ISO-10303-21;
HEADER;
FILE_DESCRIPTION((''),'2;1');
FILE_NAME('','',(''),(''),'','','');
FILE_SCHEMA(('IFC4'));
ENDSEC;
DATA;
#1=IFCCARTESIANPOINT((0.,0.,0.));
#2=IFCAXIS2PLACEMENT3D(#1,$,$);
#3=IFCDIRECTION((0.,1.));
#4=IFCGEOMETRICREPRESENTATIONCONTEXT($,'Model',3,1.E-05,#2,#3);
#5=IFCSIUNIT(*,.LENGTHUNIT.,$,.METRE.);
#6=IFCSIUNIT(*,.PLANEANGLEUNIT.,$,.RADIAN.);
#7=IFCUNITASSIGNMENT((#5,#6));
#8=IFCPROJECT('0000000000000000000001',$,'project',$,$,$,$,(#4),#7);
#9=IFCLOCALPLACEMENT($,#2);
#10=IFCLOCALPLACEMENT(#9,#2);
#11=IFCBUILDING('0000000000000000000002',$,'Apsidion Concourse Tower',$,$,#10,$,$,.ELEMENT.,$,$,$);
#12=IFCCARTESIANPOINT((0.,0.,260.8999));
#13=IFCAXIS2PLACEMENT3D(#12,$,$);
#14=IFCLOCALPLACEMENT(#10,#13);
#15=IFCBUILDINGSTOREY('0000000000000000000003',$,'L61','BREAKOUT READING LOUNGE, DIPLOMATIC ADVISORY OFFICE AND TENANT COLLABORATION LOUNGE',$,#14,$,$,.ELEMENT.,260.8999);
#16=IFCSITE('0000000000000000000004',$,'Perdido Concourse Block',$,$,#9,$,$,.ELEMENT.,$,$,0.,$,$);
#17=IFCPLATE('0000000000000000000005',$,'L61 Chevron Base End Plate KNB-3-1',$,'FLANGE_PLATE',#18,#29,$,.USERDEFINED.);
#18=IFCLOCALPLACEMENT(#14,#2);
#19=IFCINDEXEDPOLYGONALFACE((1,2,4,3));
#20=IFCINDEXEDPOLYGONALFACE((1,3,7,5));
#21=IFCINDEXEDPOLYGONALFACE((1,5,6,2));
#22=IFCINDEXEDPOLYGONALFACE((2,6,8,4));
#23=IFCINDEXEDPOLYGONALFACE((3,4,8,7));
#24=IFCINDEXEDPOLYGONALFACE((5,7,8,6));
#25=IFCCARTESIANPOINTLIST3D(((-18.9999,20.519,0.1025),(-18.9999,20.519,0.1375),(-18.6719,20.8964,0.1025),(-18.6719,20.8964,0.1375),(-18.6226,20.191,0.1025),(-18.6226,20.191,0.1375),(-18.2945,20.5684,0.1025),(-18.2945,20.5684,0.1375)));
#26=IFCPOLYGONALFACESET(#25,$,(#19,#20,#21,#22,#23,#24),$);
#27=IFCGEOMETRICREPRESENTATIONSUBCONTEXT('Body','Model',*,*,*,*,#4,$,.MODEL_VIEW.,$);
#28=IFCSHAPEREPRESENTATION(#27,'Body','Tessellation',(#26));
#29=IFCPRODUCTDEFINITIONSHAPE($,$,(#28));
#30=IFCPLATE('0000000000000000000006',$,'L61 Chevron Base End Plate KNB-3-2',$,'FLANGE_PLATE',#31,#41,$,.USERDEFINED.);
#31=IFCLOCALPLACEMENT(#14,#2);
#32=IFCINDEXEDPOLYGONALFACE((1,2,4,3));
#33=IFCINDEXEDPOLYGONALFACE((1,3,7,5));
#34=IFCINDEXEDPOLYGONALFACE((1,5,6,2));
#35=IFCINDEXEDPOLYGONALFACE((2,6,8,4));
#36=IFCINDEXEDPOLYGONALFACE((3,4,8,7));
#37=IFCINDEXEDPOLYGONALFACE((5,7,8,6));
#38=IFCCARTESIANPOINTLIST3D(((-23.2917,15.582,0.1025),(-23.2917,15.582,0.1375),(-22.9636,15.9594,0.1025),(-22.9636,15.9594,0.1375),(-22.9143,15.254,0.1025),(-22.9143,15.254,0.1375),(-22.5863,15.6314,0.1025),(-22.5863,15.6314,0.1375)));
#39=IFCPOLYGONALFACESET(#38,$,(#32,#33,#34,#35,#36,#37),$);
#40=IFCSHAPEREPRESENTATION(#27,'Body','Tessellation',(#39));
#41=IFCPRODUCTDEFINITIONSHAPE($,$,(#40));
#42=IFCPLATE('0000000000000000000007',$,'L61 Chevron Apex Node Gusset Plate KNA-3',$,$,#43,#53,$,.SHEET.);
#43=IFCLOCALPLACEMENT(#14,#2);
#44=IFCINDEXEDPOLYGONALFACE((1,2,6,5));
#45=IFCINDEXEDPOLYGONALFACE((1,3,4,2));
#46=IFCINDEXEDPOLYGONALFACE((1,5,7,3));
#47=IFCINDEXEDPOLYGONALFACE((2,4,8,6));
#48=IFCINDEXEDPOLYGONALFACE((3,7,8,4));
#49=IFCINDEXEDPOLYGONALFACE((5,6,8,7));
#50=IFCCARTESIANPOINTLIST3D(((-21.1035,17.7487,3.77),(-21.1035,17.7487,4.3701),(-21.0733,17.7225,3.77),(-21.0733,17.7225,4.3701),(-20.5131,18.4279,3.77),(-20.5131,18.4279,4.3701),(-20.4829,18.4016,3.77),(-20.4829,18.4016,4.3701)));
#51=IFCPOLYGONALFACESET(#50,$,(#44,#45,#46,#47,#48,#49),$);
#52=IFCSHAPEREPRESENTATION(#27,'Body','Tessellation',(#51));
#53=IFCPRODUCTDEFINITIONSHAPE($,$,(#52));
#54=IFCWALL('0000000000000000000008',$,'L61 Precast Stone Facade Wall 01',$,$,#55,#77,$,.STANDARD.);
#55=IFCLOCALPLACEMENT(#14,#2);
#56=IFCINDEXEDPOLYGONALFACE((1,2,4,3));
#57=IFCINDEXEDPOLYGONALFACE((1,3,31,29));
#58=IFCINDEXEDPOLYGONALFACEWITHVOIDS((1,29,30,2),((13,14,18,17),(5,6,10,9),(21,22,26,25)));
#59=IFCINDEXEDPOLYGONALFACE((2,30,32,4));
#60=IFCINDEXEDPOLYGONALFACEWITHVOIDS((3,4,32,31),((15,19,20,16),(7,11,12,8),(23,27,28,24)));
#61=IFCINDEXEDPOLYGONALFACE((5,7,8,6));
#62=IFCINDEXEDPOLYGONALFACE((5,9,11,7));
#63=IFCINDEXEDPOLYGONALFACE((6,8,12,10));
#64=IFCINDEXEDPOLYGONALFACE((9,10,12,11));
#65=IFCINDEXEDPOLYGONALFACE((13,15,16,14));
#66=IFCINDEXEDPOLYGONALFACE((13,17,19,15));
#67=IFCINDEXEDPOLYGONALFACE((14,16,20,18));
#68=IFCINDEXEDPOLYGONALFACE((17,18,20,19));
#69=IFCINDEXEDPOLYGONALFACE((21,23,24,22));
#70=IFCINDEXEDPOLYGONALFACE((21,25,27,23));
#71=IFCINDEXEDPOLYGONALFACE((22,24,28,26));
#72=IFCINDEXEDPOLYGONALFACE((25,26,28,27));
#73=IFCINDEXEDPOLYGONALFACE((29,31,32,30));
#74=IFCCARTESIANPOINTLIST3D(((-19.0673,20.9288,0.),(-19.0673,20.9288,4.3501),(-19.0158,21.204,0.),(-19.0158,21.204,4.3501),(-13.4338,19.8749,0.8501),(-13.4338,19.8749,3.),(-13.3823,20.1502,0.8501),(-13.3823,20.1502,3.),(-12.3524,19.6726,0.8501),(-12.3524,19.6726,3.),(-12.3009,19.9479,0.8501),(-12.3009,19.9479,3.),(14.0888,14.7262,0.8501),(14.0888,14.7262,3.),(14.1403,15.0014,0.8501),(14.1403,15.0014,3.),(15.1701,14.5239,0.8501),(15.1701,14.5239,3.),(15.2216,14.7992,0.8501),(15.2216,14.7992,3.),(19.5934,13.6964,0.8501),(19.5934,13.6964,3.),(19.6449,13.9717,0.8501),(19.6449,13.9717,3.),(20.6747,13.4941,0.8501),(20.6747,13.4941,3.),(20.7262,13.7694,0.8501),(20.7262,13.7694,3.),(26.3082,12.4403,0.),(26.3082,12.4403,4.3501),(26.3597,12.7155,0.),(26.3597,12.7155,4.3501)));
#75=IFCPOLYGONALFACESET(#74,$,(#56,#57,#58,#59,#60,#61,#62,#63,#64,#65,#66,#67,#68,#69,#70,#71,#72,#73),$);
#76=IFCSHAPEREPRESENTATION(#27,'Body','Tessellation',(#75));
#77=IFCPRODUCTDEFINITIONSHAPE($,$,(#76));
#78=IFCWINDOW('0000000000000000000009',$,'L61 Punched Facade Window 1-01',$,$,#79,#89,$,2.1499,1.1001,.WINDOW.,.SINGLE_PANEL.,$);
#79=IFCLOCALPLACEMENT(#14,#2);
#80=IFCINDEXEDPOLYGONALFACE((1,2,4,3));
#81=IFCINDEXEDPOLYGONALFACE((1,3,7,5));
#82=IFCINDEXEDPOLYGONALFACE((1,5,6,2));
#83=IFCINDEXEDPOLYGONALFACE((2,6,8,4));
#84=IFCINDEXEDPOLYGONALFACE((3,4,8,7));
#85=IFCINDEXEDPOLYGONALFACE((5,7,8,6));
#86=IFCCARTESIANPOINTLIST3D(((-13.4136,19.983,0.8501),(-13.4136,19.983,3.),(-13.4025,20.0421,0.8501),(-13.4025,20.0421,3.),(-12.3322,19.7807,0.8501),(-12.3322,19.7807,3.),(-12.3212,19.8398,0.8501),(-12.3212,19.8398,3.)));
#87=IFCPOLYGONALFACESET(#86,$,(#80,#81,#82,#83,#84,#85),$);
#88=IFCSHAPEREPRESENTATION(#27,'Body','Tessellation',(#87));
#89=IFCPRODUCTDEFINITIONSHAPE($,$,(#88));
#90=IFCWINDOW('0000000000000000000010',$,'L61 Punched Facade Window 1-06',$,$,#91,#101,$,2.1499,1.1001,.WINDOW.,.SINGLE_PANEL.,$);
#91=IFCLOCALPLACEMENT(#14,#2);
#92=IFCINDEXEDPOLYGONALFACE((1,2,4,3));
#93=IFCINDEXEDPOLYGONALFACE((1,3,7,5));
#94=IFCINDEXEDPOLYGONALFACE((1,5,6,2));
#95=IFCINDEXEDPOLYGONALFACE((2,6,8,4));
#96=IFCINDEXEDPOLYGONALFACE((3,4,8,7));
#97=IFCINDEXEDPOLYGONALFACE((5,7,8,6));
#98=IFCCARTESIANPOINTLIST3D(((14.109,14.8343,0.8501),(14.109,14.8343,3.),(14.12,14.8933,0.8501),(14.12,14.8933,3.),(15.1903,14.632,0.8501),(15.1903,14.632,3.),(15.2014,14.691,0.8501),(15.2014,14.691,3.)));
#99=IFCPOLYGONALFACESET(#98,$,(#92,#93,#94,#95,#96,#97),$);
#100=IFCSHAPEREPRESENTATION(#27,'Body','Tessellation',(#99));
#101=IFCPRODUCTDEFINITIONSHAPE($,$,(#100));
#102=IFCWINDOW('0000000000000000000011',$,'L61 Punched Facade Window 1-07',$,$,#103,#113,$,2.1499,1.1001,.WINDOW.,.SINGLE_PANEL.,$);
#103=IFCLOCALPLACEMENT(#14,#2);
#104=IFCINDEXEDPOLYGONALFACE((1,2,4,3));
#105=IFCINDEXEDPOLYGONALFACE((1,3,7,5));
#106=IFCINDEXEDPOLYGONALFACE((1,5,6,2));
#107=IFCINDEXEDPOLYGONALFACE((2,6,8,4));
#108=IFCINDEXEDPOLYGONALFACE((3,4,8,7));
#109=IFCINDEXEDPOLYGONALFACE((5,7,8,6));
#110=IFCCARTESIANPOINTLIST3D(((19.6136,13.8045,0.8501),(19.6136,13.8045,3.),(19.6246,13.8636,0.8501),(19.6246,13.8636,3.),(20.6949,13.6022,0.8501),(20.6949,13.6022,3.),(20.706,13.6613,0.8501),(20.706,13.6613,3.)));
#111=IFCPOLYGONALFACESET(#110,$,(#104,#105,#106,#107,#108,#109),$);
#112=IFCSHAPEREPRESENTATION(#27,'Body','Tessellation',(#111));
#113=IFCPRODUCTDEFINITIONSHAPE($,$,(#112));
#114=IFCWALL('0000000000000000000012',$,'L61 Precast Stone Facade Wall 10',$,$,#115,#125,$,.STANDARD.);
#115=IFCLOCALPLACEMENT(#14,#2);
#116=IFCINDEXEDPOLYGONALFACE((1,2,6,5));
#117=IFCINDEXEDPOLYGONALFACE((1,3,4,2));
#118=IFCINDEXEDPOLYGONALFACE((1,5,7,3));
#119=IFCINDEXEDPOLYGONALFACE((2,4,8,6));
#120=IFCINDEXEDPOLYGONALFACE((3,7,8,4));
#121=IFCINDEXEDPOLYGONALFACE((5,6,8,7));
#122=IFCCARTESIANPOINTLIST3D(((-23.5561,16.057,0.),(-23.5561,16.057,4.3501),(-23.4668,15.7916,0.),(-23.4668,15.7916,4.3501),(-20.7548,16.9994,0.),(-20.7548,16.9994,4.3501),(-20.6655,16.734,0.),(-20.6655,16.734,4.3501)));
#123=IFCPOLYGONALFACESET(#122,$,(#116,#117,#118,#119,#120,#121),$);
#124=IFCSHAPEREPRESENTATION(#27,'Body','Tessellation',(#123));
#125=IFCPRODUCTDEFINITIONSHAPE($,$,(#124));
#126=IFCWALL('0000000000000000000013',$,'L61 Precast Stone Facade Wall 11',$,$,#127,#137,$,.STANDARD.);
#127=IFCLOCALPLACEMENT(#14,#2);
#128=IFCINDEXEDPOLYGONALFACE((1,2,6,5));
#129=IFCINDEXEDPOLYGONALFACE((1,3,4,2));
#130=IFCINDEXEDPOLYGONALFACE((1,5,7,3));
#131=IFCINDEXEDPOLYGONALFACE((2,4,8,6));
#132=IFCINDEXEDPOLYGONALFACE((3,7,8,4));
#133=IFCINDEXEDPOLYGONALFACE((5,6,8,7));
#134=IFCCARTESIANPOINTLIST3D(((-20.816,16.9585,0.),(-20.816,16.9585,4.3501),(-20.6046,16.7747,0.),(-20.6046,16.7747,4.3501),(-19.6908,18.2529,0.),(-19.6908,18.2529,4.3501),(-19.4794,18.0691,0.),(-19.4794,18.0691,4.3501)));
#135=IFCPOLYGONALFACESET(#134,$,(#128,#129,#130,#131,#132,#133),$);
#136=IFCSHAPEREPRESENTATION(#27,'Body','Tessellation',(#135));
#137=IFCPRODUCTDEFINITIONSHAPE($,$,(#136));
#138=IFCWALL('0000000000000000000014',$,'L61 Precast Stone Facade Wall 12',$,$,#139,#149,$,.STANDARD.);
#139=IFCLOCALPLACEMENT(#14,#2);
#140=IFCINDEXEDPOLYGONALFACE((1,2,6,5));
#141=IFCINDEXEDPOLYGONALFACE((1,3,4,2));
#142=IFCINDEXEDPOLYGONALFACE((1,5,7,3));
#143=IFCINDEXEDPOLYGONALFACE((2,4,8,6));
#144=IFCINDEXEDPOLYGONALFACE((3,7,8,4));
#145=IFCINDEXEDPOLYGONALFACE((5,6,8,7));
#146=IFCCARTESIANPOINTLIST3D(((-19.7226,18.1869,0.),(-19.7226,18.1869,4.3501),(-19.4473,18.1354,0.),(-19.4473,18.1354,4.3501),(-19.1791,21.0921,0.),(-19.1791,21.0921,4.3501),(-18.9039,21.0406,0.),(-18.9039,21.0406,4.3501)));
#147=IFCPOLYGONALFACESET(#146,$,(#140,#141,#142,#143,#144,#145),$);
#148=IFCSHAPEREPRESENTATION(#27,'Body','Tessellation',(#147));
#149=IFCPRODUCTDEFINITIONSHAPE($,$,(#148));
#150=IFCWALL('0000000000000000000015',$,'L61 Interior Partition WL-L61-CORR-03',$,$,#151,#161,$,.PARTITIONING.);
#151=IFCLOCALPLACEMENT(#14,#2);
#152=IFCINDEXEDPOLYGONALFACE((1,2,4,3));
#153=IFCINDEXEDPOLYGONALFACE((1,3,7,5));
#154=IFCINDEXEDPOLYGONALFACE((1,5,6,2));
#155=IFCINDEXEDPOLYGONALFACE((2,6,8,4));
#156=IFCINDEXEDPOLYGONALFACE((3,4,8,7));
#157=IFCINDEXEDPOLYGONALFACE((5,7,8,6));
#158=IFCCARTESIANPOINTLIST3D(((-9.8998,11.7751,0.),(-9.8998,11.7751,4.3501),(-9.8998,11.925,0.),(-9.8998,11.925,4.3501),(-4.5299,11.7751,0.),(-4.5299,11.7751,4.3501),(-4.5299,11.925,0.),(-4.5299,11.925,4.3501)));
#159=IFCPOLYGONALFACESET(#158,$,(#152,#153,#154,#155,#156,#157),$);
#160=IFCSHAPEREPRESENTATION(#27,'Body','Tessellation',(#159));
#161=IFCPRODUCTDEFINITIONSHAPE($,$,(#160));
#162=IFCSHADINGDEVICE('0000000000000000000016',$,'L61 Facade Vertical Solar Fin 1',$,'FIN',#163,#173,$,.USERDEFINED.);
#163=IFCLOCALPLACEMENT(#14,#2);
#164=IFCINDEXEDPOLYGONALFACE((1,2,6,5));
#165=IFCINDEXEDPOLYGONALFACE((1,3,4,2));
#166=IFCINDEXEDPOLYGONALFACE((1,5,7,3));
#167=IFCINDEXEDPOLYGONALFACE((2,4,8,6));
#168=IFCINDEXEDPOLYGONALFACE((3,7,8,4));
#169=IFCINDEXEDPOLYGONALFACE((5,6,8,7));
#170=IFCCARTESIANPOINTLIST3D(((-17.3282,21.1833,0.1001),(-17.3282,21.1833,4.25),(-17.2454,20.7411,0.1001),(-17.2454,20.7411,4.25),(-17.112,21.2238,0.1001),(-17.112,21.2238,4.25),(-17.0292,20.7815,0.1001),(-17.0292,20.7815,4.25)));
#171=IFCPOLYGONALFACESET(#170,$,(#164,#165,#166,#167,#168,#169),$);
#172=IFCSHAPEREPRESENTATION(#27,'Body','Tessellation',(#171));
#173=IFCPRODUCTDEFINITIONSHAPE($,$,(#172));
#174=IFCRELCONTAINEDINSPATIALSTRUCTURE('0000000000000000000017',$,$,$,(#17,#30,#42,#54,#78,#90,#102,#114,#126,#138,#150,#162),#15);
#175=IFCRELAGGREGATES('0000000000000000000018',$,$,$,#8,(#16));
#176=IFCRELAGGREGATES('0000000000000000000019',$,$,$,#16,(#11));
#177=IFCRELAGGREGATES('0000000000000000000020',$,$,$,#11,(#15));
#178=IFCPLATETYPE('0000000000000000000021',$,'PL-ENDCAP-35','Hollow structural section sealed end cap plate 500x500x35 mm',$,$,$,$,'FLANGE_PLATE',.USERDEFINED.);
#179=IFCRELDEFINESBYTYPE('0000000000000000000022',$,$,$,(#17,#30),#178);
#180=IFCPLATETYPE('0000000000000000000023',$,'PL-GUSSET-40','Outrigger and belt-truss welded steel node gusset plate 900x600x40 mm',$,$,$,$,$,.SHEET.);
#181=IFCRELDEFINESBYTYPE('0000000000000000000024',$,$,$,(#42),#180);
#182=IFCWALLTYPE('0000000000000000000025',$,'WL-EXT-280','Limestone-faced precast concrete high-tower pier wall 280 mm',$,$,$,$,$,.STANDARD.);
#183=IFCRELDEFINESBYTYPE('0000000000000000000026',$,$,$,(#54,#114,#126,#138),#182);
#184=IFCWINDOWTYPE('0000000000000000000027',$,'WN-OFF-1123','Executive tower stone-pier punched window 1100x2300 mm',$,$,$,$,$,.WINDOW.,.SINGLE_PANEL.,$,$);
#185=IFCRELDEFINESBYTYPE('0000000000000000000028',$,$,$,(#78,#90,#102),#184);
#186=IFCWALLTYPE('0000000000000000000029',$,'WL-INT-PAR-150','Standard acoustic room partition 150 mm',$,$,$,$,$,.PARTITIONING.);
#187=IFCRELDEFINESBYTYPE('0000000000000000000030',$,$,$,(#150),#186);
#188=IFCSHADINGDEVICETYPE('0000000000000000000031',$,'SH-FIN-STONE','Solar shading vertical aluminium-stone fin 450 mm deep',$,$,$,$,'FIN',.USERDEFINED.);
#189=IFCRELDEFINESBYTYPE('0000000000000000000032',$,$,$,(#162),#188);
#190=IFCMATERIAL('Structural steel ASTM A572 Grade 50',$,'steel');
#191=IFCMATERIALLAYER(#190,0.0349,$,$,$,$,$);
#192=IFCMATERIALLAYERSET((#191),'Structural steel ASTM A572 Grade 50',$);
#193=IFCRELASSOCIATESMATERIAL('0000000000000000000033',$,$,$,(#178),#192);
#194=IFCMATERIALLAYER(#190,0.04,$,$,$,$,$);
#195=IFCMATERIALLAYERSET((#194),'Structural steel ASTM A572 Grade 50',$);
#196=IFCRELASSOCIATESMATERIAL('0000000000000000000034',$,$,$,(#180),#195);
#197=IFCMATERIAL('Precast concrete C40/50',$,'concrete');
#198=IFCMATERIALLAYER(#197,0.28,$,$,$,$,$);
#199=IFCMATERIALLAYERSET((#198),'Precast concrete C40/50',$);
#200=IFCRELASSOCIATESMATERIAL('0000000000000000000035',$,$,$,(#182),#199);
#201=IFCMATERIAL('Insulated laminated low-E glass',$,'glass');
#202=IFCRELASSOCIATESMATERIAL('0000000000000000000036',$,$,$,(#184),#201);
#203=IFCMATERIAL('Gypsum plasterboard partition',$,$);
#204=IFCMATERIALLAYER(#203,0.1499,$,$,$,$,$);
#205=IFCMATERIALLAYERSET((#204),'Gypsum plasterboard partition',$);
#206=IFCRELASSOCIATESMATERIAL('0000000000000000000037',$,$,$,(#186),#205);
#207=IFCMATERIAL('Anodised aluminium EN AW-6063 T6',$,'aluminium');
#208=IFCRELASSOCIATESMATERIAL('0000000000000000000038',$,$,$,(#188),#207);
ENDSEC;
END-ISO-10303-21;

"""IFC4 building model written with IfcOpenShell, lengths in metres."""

from ifc_helpers import new_model, si_unit, direction, frame, frame_2d, origin, origin_2d, place, context, subcontext, project, spatial, rectangle, extrude, material, layer, layer_set, type_object, element, fill, save


model = new_model("IFC4")

# Units and contexts
model_context = context("Model", 3, precision=1e-05, world=origin(), true_north=direction((0.0, 1.0)))
body_context = subcontext(model_context, "Body", "Model", "MODEL_VIEW")
ifc_project = project(units=[si_unit("LENGTHUNIT", "METRE"), si_unit("PLANEANGLEUNIT", "RADIAN")], contexts=[model_context])

# Site, building, storey
site_placement = place(None, origin())
site = spatial("IfcSite", under=ifc_project, at=site_placement, Name="Perdido Concourse Block", CompositionType="ELEMENT", RefElevation=0.0)
building_placement = place(site_placement, origin())
building = spatial("IfcBuilding", under=site, at=building_placement, Name="Apsidion Concourse Tower", CompositionType="ELEMENT")
storey_placement = place(building_placement, frame((0.0, 0.0, 260.8999)))
storey = spatial("IfcBuildingStorey", under=building, at=storey_placement, Name="L61", Description="BREAKOUT READING LOUNGE, DIPLOMATIC ADVISORY OFFICE AND TENANT COLLABORATION LOUNGE", CompositionType="ELEMENT", Elevation=260.8999)

# Plates
ifc_material_1 = material(Name="Structural steel ASTM A572 Grade 50", Category="steel")
ifc_layer_1 = layer(ifc_material_1, 0.0349)
ifc_layer_set_1 = layer_set([ifc_layer_1], Name="Structural steel ASTM A572 Grade 50")
plate_type_1 = type_object("IfcPlateType", Name="PL-ENDCAP-35", Description="Hollow structural section sealed end cap plate 500x500x35 mm", ElementType="FLANGE_PLATE", PredefinedType="USERDEFINED", material=ifc_layer_set_1)
for number, where, z_axis, x_axis, name in (
    (1, (-18.6472, 20.5437, 0.1025), (0.0, 0.0, 1.0), (0.656059, 0.75471, 0.0), "L61 Chevron Base End Plate KNB-3-1"),
    (2, (-22.939, 15.6067, 0.1025), (0.0, 0.0, 1.0), (0.656059, 0.75471, 0.0), "L61 Chevron Base End Plate KNB-3-2"),
):
    element("IfcPlate", number, at=place(storey_placement, frame(where, z_axis=z_axis, x_axis=x_axis)), inside=storey, type_object=plate_type_1, Name=name, ObjectType="FLANGE_PLATE", PredefinedType="USERDEFINED", context=body_context, shape_type="SweptSolid", body=[
        extrude(rectangle(XDim=0.5, YDim=0.5, at=origin_2d()), origin(), (0.0, 0.0, 1.0), 0.0349),
    ])
ifc_layer_2 = layer(ifc_material_1, 0.04)
ifc_layer_set_2 = layer_set([ifc_layer_2], Name="Structural steel ASTM A572 Grade 50")
plate_type_2 = type_object("IfcPlateType", Name="PL-GUSSET-40", Description="Outrigger and belt-truss welded steel node gusset plate 900x600x40 mm", PredefinedType="SHEET", material=ifc_layer_set_2)
plate_placement = place(storey_placement, frame((-20.7932, 18.0752, 3.77), z_axis=(0.0, 0.0, 1.0), x_axis=(0.656059, 0.75471, 0.0)))
element("IfcPlate", 3, at=plate_placement, inside=storey, type_object=plate_type_2, Name="L61 Chevron Apex Node Gusset Plate KNA-3", PredefinedType="SHEET", context=body_context, shape_type="SweptSolid", body=[
    extrude(rectangle(XDim=0.8999, YDim=0.04, at=origin_2d()), origin(), (0.0, 0.0, 1.0), 0.6001),
])

# Wall, openings, windows
ifc_material_2 = material(Name="Precast concrete C40/50", Category="concrete")
ifc_layer_3 = layer(ifc_material_2, 0.28)
ifc_layer_set_3 = layer_set([ifc_layer_3], Name="Precast concrete C40/50")
wall_type_1 = type_object("IfcWallType", Name="WL-EXT-280", Description="Limestone-faced precast concrete high-tower pier wall 280 mm", PredefinedType="STANDARD", material=ifc_layer_set_3)
wall_1_placement = place(storey_placement, frame((-19.0415, 21.0664, 0.0), z_axis=(0.0, 0.0, 1.0), x_axis=(0.982948, -0.183883, 0.0)))
wall_1 = element("IfcWall", 4, at=wall_1_placement, inside=storey, type_object=wall_type_1, Name="L61 Precast Stone Facade Wall 01", PredefinedType="STANDARD", context=body_context, shape_type="SweptSolid", body=[
    extrude(rectangle(XDim=46.1626, YDim=0.28, at=frame_2d((23.0813, 0.0))), origin(), (0.0, 0.0, 1.0), 4.3501),
])
opening_1_placement = place(wall_1_placement, frame((5.7312, 0.0, 0.8501)))
opening_1 = element("IfcOpeningElement", 5, at=opening_1_placement, cuts=wall_1, PredefinedType="OPENING", context=body_context, shape_type="SweptSolid", body=[
    extrude(rectangle(XDim=1.1001, YDim=2.1499, at=frame_2d((0.55, 1.075))), frame((0.0, 0.1499, 0.0), z_axis=(0.0, -1.0, 0.0), x_axis=(1.0, 0.0, 0.0)), (0.0, 0.0, 1.0), 0.3),
])
opening_2_placement = place(wall_1_placement, frame((33.7312, 0.0, 0.8501)))
opening_2 = element("IfcOpeningElement", 6, at=opening_2_placement, cuts=wall_1, PredefinedType="OPENING", context=body_context, shape_type="SweptSolid", body=[
    extrude(rectangle(XDim=1.1001, YDim=2.1499, at=frame_2d((0.55, 1.075))), frame((0.0, 0.1499, 0.0), z_axis=(0.0, -1.0, 0.0), x_axis=(1.0, 0.0, 0.0)), (0.0, 0.0, 1.0), 0.3),
])
opening_3_placement = place(wall_1_placement, frame((39.3313, 0.0, 0.8501)))
opening_3 = element("IfcOpeningElement", 7, at=opening_3_placement, cuts=wall_1, PredefinedType="OPENING", context=body_context, shape_type="SweptSolid", body=[
    extrude(rectangle(XDim=1.1001, YDim=2.1499, at=frame_2d((0.55, 1.075))), frame((0.0, 0.1499, 0.0), z_axis=(0.0, -1.0, 0.0), x_axis=(1.0, 0.0, 0.0)), (0.0, 0.0, 1.0), 0.3),
])
ifc_material_3 = material(Name="Insulated laminated low-E glass", Category="glass")
window_type = type_object("IfcWindowType", Name="WN-OFF-1123", Description="Executive tower stone-pier punched window 1100x2300 mm", PartitioningType="SINGLE_PANEL", PredefinedType="WINDOW", material=ifc_material_3)
window_1_placement = place(opening_1_placement, origin())
window_1 = element("IfcWindow", 8, at=window_1_placement, inside=storey, type_object=window_type, Name="L61 Punched Facade Window 1-01", OverallHeight=2.1499, OverallWidth=1.1001, PartitioningType="SINGLE_PANEL", PredefinedType="WINDOW", context=body_context, shape_type="SweptSolid", body=[
    extrude(rectangle(XDim=1.1001, YDim=2.1499, at=frame_2d((0.55, 1.075))), frame((0.0, 0.03, 0.0), z_axis=(0.0, -1.0, 0.0), x_axis=(1.0, 0.0, 0.0)), (0.0, 0.0, 1.0), 0.0601),
])
fill(opening_1, window_1)
window_2_placement = place(opening_2_placement, origin())
window_2 = element("IfcWindow", 9, at=window_2_placement, inside=storey, type_object=window_type, Name="L61 Punched Facade Window 1-06", OverallHeight=2.1499, OverallWidth=1.1001, PartitioningType="SINGLE_PANEL", PredefinedType="WINDOW", context=body_context, shape_type="SweptSolid", body=[
    extrude(rectangle(XDim=1.1001, YDim=2.1499, at=frame_2d((0.55, 1.075))), frame((0.0, 0.03, 0.0), z_axis=(0.0, -1.0, 0.0), x_axis=(1.0, 0.0, 0.0)), (0.0, 0.0, 1.0), 0.0601),
])
fill(opening_2, window_2)
window_3_placement = place(opening_3_placement, origin())
window_3 = element("IfcWindow", 10, at=window_3_placement, inside=storey, type_object=window_type, Name="L61 Punched Facade Window 1-07", OverallHeight=2.1499, OverallWidth=1.1001, PartitioningType="SINGLE_PANEL", PredefinedType="WINDOW", context=body_context, shape_type="SweptSolid", body=[
    extrude(rectangle(XDim=1.1001, YDim=2.1499, at=frame_2d((0.55, 1.075))), frame((0.0, 0.03, 0.0), z_axis=(0.0, -1.0, 0.0), x_axis=(1.0, 0.0, 0.0)), (0.0, 0.0, 1.0), 0.0601),
])
fill(opening_3, window_3)

# Walls
wall_2_placement = place(storey_placement, frame((-23.5115, 15.9243, 0.0), z_axis=(0.0, 0.0, 1.0), x_axis=(0.947804, 0.318853, 0.0)))
element("IfcWall", 11, at=wall_2_placement, inside=storey, type_object=wall_type_1, Name="L61 Precast Stone Facade Wall 10", PredefinedType="STANDARD", context=body_context, shape_type="SweptSolid", body=[
    extrude(rectangle(XDim=2.9556, YDim=0.28, at=frame_2d((1.4778, 0.0))), origin(), (0.0, 0.0, 1.0), 4.3501),
])
wall_3_placement = place(storey_placement, frame((-20.7102, 16.8667, 0.0), z_axis=(0.0, 0.0, 1.0), x_axis=(0.656062, 0.754707, 0.0)))
element("IfcWall", 12, at=wall_3_placement, inside=storey, type_object=wall_type_1, Name="L61 Precast Stone Facade Wall 11", PredefinedType="STANDARD", context=body_context, shape_type="SweptSolid", body=[
    extrude(rectangle(XDim=1.7151, YDim=0.28, at=frame_2d((0.8574, 0.0))), origin(), (0.0, 0.0, 1.0), 4.3501),
])
wall_4_placement = place(storey_placement, frame((-19.585, 18.1611, 0.0), z_axis=(0.0, 0.0, 1.0), x_axis=(0.18387, 0.982951, 0.0)))
element("IfcWall", 13, at=wall_4_placement, inside=storey, type_object=wall_type_1, Name="L61 Precast Stone Facade Wall 12", PredefinedType="STANDARD", context=body_context, shape_type="SweptSolid", body=[
    extrude(rectangle(XDim=2.9556, YDim=0.28, at=frame_2d((1.4778, 0.0))), origin(), (0.0, 0.0, 1.0), 4.3501),
])
ifc_material_4 = material(Name="Gypsum plasterboard partition")
ifc_layer_4 = layer(ifc_material_4, 0.1499)
ifc_layer_set_4 = layer_set([ifc_layer_4], Name="Gypsum plasterboard partition")
wall_type_2 = type_object("IfcWallType", Name="WL-INT-PAR-150", Description="Standard acoustic room partition 150 mm", PredefinedType="PARTITIONING", material=ifc_layer_set_4)
wall_5_placement = place(storey_placement, frame((-9.8999, 11.8501, 0.0), z_axis=(0.0, 0.0, 1.0), x_axis=(1.0, 0.0, 0.0)))
element("IfcWall", 14, at=wall_5_placement, inside=storey, type_object=wall_type_2, Name="L61 Interior Partition WL-L61-CORR-03", PredefinedType="PARTITIONING", context=body_context, shape_type="SweptSolid", body=[
    extrude(rectangle(XDim=5.3699, YDim=0.1499, at=frame_2d((2.6851, 0.0))), origin(), (0.0, 0.0, 1.0), 4.3501),
])

# Shading device
ifc_material_5 = material(Name="Anodised aluminium EN AW-6063 T6", Category="aluminium")
shading_device_type = type_object("IfcShadingDeviceType", Name="SH-FIN-STONE", Description="Solar shading vertical aluminium-stone fin 450 mm deep", ElementType="FIN", PredefinedType="USERDEFINED", material=ifc_material_5)
shading_device_placement = place(storey_placement, frame((-17.1787, 20.9824, 0.1001), z_axis=(0.0, 0.0, 1.0), x_axis=(0.982935, 0.183951, 0.0)))
element("IfcShadingDevice", 15, at=shading_device_placement, inside=storey, type_object=shading_device_type, Name="L61 Facade Vertical Solar Fin 1", ObjectType="FIN", PredefinedType="USERDEFINED", context=body_context, shape_type="SweptSolid", body=[
    extrude(rectangle(XDim=0.22, YDim=0.45, at=origin_2d()), origin(), (0.0, 0.0, 1.0), 4.1499),
])

save(model, "model.ifc")
